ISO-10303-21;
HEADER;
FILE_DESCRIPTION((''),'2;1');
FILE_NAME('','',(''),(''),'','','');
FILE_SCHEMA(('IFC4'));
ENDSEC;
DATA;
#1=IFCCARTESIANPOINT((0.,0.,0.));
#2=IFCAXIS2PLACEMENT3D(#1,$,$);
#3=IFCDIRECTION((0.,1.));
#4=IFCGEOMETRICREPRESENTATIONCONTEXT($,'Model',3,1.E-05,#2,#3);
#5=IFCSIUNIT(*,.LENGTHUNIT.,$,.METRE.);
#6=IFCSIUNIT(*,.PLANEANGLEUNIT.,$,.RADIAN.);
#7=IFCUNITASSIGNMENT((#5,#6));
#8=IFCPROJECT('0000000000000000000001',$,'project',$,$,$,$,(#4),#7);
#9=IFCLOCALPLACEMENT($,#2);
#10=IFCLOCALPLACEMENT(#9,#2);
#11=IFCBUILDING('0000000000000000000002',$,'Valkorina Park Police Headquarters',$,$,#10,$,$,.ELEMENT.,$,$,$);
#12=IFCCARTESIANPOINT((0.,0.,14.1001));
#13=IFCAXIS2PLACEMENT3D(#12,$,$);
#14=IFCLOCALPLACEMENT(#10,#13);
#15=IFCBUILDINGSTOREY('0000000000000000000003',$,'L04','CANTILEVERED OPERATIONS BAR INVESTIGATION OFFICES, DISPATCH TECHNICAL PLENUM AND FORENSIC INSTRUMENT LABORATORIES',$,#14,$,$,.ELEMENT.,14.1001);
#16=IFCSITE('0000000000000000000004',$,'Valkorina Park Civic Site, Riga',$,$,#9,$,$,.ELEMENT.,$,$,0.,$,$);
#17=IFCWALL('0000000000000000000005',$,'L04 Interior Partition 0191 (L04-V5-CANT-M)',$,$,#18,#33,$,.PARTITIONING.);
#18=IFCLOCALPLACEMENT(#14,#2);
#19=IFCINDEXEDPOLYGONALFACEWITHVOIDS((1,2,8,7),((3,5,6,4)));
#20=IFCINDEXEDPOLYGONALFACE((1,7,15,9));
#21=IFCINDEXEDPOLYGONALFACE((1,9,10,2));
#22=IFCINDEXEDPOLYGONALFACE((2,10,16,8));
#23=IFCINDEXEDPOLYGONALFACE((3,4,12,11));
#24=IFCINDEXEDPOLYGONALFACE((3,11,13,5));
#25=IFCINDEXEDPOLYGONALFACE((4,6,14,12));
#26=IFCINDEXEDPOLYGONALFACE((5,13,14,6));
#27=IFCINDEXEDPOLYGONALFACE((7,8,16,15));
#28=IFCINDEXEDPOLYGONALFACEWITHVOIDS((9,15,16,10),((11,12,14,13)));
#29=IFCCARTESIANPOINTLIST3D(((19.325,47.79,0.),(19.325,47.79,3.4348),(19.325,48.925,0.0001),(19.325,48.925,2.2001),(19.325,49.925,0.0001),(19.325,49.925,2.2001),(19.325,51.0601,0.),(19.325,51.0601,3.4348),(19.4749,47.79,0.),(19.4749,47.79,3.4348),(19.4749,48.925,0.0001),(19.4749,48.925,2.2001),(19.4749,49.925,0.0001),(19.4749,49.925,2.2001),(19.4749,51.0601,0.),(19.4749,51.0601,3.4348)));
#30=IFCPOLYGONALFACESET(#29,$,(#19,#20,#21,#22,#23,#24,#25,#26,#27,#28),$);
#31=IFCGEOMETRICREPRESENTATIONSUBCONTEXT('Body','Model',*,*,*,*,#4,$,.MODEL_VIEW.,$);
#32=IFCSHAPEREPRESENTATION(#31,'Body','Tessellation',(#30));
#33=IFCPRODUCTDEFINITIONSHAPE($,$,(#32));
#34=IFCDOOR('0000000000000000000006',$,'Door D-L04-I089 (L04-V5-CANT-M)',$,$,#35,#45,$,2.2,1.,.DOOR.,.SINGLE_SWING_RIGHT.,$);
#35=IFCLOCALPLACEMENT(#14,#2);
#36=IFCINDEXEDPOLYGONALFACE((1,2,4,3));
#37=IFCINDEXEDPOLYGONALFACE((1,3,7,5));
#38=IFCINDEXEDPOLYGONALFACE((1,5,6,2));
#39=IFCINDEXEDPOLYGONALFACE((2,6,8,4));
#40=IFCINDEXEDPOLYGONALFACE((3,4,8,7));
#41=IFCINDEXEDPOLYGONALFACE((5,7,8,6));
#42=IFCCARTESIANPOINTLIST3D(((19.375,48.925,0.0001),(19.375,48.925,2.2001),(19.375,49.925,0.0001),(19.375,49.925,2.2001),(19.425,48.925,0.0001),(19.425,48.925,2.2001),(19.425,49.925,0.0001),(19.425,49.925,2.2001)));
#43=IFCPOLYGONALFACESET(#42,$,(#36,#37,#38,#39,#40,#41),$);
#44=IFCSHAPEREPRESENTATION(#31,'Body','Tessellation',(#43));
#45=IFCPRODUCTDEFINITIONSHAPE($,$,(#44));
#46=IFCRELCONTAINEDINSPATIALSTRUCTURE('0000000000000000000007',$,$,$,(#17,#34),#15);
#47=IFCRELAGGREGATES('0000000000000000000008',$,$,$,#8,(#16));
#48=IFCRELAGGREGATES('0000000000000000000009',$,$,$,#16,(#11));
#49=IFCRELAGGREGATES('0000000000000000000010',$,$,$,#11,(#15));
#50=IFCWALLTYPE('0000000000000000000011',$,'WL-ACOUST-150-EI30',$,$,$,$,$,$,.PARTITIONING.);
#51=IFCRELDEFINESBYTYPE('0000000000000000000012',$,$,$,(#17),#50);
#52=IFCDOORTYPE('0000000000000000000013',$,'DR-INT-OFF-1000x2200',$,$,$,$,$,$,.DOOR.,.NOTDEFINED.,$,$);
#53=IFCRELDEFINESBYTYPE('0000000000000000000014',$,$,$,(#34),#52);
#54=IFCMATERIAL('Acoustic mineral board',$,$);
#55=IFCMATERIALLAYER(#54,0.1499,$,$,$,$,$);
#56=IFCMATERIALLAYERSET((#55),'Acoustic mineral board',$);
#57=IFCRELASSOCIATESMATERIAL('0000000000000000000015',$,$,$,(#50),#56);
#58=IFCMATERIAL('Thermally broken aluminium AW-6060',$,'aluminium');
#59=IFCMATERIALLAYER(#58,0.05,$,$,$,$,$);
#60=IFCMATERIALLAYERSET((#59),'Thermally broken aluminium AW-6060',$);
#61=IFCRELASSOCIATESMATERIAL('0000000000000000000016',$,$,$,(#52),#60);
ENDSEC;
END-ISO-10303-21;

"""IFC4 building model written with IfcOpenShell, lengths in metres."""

from ifc_helpers import new_model, si_unit, direction, frame, frame_2d, origin, place, context, subcontext, project, spatial, rectangle, extrude, material, layer, layer_set, type_object, element, fill, save


model = new_model("IFC4")

# Units and contexts
model_context = context("Model", 3, precision=1e-05, world=origin(), true_north=direction((0.0, 1.0)))
body_context = subcontext(model_context, "Body", "Model", "MODEL_VIEW")
ifc_project = project(units=[si_unit("LENGTHUNIT", "METRE"), si_unit("PLANEANGLEUNIT", "RADIAN")], contexts=[model_context])

# Site, building, storey
site_placement = place(None, origin())
site = spatial("IfcSite", under=ifc_project, at=site_placement, Name="Valkorina Park Civic Site, Riga", CompositionType="ELEMENT", RefElevation=0.0)
building_placement = place(site_placement, origin())
building = spatial("IfcBuilding", under=site, at=building_placement, Name="Valkorina Park Police Headquarters", CompositionType="ELEMENT")
storey_placement = place(building_placement, frame((0.0, 0.0, 14.1001)))
storey = spatial("IfcBuildingStorey", under=building, at=storey_placement, Name="L04", Description="CANTILEVERED OPERATIONS BAR INVESTIGATION OFFICES, DISPATCH TECHNICAL PLENUM AND FORENSIC INSTRUMENT LABORATORIES", CompositionType="ELEMENT", Elevation=14.1001)

# Shared definitions
ifc_material_1 = material(Name="Thermally broken aluminium AW-6060", Category="aluminium")

# Wall, opening, door
ifc_material_2 = material(Name="Acoustic mineral board")
ifc_layer_1 = layer(ifc_material_2, 0.1499)
ifc_layer_set_1 = layer_set([ifc_layer_1], Name="Acoustic mineral board")
wall_type = type_object("IfcWallType", Name="WL-ACOUST-150-EI30", PredefinedType="PARTITIONING", material=ifc_layer_set_1)
wall_placement = place(storey_placement, frame((19.3999, 47.79, 0.0), z_axis=(0.0, 0.0, 1.0), x_axis=(0.0, 1.0, 0.0)))
wall = element("IfcWall", 1, at=wall_placement, inside=storey, type_object=wall_type, Name="L04 Interior Partition 0191 (L04-V5-CANT-M)", PredefinedType="PARTITIONING", context=body_context, shape_type="SweptSolid", body=[
    extrude(rectangle(XDim=3.27, YDim=0.1499, at=frame_2d((1.635, 0.0))), origin(), (0.0, 0.0, 1.0), 3.4348),
])
opening_placement = place(wall_placement, frame((1.135, 0.0, 0.0)))
opening = element("IfcOpeningElement", 2, at=opening_placement, cuts=wall, PredefinedType="OPENING", context=body_context, shape_type="SweptSolid", body=[
    extrude(rectangle(XDim=1.0, YDim=2.2, at=frame_2d((0.5, 1.1001))), frame((0.0, 0.085, 0.0), z_axis=(0.0, -1.0, 0.0), x_axis=(1.0, 0.0, 0.0)), (0.0, 0.0, 1.0), 0.1699),
])
ifc_layer_2 = layer(ifc_material_1, 0.05)
ifc_layer_set_2 = layer_set([ifc_layer_2], Name="Thermally broken aluminium AW-6060")
door_type = type_object("IfcDoorType", Name="DR-INT-OFF-1000x2200", OperationType="NOTDEFINED", PredefinedType="DOOR", material=ifc_layer_set_2)
door_placement = place(opening_placement, origin())
door = element("IfcDoor", 3, at=door_placement, inside=storey, type_object=door_type, Name="Door D-L04-I089 (L04-V5-CANT-M)", OperationType="SINGLE_SWING_RIGHT", OverallHeight=2.2, OverallWidth=1.0, PredefinedType="DOOR", context=body_context, shape_type="SweptSolid", body=[
    extrude(rectangle(XDim=1.0, YDim=2.2, at=frame_2d((0.5, 1.1001))), frame((0.0, 0.0249, 0.0), z_axis=(0.0, -1.0, 0.0), x_axis=(1.0, 0.0, 0.0)), (0.0, 0.0, 1.0), 0.05),
])
fill(opening, door)

save(model, "model.ifc")
